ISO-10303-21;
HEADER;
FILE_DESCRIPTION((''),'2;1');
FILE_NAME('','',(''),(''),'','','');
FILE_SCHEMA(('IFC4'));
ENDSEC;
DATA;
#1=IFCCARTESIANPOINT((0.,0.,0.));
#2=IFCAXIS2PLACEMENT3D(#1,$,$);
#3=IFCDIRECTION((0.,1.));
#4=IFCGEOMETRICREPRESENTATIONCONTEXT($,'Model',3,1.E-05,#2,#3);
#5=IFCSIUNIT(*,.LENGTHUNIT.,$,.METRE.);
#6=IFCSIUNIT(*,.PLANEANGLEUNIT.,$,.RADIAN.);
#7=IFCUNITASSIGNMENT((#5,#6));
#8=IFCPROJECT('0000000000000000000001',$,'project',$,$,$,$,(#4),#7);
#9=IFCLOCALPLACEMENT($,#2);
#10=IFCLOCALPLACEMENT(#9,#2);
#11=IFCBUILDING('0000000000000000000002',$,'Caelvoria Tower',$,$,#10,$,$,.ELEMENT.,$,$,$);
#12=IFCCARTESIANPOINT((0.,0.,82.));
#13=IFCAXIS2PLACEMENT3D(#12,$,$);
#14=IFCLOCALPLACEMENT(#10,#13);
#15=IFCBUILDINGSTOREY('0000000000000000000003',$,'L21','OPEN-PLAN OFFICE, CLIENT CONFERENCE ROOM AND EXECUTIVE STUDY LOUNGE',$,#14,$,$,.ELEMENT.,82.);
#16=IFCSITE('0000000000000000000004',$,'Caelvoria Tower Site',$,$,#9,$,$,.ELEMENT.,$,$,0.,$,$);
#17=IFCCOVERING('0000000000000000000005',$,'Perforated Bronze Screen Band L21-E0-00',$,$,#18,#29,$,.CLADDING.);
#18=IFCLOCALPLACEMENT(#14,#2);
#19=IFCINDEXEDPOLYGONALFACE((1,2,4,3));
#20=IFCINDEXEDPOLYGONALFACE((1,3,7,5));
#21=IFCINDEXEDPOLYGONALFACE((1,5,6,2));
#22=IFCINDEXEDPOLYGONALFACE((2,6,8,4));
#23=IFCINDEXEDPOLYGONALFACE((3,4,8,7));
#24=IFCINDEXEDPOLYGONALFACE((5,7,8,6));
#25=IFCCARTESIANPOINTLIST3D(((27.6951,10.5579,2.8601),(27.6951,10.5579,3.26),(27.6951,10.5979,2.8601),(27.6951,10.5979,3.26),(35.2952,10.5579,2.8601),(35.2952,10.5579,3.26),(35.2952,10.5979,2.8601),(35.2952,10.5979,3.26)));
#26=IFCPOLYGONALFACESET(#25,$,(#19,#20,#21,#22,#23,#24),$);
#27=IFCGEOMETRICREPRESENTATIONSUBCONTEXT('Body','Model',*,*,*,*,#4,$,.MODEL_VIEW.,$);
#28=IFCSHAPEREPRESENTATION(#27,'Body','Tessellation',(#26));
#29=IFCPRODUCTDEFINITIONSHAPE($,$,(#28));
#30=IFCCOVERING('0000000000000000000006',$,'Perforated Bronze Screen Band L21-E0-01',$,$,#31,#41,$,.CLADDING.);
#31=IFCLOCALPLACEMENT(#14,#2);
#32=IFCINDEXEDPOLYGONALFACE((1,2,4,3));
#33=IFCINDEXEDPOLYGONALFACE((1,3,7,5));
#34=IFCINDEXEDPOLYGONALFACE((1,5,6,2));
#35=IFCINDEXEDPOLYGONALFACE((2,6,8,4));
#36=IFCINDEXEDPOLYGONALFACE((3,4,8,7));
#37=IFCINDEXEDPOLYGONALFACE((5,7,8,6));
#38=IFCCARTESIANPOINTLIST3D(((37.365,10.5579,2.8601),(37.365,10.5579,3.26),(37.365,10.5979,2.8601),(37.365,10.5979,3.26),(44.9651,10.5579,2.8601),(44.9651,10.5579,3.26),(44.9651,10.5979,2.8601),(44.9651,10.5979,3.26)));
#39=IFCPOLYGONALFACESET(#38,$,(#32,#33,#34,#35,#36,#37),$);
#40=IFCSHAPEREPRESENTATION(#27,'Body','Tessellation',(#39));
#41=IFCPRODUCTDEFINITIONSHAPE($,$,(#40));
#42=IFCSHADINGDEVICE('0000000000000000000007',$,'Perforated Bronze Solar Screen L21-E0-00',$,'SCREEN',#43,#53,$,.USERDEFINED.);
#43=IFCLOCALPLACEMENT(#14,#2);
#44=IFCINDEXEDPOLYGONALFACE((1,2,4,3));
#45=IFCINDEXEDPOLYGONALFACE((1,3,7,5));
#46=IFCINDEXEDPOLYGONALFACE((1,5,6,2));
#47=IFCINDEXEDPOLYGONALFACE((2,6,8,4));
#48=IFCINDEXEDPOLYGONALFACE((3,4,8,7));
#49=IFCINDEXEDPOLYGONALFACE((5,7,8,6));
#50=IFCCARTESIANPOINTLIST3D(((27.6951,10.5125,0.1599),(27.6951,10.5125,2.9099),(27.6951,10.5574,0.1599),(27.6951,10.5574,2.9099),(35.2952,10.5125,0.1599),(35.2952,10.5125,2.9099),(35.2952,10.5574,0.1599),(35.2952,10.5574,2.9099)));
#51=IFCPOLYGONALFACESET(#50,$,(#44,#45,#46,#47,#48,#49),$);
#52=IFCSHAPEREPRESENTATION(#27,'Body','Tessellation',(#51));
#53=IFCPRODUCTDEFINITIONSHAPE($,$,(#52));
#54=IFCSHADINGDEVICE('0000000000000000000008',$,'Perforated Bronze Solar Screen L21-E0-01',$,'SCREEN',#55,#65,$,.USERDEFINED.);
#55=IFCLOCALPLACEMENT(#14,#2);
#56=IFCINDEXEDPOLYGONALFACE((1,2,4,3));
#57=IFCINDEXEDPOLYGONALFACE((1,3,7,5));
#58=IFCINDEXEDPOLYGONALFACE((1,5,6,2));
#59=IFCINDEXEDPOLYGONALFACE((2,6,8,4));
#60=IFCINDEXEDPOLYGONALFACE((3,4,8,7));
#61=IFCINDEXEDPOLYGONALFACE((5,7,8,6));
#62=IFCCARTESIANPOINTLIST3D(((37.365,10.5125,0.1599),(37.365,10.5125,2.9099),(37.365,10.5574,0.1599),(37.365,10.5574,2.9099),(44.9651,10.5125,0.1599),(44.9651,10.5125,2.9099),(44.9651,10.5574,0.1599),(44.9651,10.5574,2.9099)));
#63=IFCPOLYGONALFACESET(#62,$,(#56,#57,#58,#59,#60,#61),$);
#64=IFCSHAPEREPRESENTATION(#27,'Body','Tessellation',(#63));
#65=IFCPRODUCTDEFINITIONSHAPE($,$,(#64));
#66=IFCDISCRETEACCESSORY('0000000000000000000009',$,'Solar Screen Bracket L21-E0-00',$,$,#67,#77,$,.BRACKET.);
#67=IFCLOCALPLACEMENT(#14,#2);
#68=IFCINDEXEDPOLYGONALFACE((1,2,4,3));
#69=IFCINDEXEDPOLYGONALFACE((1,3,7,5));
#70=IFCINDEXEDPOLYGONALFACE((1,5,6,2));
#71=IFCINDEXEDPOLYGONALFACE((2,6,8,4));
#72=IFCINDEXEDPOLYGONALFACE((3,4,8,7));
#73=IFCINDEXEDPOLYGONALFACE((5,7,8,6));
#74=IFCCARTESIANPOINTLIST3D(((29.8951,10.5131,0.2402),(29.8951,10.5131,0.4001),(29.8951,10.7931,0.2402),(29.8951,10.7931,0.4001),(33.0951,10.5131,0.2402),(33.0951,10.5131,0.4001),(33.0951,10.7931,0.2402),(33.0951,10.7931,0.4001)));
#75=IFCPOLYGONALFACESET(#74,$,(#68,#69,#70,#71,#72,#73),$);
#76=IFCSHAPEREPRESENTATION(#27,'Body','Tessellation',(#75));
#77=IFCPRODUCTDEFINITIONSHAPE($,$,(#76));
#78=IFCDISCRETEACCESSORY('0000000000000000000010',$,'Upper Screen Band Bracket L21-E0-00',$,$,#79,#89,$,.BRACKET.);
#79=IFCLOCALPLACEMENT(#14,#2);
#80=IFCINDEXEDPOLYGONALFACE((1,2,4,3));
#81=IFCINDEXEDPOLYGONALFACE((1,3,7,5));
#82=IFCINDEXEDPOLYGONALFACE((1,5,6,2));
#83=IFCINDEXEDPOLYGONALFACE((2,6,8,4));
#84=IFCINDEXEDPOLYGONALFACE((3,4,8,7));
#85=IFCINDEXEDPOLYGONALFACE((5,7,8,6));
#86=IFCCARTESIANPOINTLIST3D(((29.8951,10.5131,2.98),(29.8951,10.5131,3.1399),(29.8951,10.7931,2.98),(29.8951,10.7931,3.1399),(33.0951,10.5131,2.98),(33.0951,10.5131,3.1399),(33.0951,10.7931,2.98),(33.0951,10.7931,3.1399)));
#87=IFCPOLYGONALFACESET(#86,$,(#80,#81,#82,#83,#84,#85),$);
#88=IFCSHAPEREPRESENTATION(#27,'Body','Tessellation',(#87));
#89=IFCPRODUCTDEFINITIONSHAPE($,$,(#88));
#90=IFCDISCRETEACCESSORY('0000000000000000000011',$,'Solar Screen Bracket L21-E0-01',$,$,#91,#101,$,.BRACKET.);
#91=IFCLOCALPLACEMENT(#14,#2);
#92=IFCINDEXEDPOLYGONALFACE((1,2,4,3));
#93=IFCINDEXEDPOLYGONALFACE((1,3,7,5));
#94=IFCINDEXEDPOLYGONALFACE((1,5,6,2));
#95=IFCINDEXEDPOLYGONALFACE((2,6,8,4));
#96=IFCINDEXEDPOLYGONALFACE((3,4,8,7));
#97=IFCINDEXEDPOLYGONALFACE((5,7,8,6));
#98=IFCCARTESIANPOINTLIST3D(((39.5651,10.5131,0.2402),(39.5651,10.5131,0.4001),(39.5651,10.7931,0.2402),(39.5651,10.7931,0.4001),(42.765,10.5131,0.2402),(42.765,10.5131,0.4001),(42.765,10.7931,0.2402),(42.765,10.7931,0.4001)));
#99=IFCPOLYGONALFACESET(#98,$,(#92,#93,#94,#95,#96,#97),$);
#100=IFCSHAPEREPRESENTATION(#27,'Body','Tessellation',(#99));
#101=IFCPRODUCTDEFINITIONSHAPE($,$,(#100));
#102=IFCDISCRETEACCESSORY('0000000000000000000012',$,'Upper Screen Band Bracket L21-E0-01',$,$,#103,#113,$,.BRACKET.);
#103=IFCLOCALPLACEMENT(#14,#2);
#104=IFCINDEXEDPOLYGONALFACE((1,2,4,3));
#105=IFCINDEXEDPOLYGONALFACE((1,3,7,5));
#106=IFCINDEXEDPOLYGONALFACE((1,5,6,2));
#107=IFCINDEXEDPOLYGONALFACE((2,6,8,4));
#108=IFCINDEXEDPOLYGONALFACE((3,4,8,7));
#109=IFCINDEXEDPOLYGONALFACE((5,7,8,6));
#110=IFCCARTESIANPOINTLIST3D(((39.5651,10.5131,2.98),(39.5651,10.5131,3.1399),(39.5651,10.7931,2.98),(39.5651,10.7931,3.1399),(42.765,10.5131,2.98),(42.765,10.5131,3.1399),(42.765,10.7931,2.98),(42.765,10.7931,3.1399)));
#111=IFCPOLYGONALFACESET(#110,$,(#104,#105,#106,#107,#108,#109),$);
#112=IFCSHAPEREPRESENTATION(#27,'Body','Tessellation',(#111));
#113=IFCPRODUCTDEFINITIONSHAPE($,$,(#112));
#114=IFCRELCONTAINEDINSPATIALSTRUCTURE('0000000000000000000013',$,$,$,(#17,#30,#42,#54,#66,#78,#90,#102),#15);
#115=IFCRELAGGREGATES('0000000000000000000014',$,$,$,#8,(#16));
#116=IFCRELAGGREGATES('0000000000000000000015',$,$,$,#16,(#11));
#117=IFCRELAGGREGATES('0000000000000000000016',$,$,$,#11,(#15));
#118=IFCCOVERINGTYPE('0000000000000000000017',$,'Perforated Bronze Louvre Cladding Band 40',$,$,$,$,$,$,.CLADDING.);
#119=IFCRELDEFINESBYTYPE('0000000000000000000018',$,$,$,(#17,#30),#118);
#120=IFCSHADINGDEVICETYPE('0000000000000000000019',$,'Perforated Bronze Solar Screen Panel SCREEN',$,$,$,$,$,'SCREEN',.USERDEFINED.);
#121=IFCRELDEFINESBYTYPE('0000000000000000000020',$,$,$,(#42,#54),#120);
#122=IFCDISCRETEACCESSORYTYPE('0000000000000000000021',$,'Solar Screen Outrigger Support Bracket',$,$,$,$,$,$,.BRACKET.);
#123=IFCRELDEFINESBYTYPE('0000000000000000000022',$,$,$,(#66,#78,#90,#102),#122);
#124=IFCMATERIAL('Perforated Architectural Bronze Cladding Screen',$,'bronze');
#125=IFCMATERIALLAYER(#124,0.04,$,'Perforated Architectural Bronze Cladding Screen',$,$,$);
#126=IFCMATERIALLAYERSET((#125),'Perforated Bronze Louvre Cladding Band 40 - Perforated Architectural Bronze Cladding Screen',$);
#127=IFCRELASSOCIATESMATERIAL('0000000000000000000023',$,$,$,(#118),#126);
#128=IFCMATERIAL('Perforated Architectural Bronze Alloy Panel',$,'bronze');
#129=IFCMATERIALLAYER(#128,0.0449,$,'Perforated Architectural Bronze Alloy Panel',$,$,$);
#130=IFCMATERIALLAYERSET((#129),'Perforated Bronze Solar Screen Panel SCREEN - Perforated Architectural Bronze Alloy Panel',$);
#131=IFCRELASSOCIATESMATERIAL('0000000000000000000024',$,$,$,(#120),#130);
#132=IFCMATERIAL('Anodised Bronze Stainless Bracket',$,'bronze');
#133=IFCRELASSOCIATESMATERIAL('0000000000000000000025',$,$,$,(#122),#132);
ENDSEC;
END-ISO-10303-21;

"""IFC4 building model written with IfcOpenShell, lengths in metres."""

from ifc_helpers import new_model, si_unit, direction, frame, origin, origin_2d, place, context, subcontext, project, spatial, rectangle, extrude, material, layer, layer_set, type_object, element, save


model = new_model("IFC4")

# Units and contexts
model_context = context("Model", 3, precision=1e-05, world=origin(), true_north=direction((0.0, 1.0)))
body_context = subcontext(model_context, "Body", "Model", "MODEL_VIEW")
ifc_project = project(units=[si_unit("LENGTHUNIT", "METRE"), si_unit("PLANEANGLEUNIT", "RADIAN")], contexts=[model_context])

# Site, building, storey
site_placement = place(None, origin())
site = spatial("IfcSite", under=ifc_project, at=site_placement, Name="Caelvoria Tower Site", CompositionType="ELEMENT", RefElevation=0.0)
building_placement = place(site_placement, origin())
building = spatial("IfcBuilding", under=site, at=building_placement, Name="Caelvoria Tower", CompositionType="ELEMENT")
storey_placement = place(building_placement, frame((0.0, 0.0, 82.0)))
storey = spatial("IfcBuildingStorey", under=building, at=storey_placement, Name="L21", Description="OPEN-PLAN OFFICE, CLIENT CONFERENCE ROOM AND EXECUTIVE STUDY LOUNGE", CompositionType="ELEMENT", Elevation=82.0)

# Coverings
ifc_material_1 = material(Name="Perforated Architectural Bronze Cladding Screen", Category="bronze")
ifc_layer_1 = layer(ifc_material_1, 0.04, Name="Perforated Architectural Bronze Cladding Screen")
ifc_layer_set_1 = layer_set([ifc_layer_1], Name="Perforated Bronze Louvre Cladding Band 40 - Perforated Architectural Bronze Cladding Screen")
covering_type = type_object("IfcCoveringType", Name="Perforated Bronze Louvre Cladding Band 40", PredefinedType="CLADDING", material=ifc_layer_set_1)
for number, where, z_axis, x_axis, name in (
    (1, (31.4951, 10.5779, 2.8601), (0.0, 0.0, 1.0), (1.0, 0.0, 0.0), "Perforated Bronze Screen Band L21-E0-00"),
    (2, (41.165, 10.5779, 2.8601), (0.0, 0.0, 1.0), (1.0, 0.0, 0.0), "Perforated Bronze Screen Band L21-E0-01"),
):
    element("IfcCovering", number, at=place(storey_placement, frame(where, z_axis=z_axis, x_axis=x_axis)), inside=storey, type_object=covering_type, Name=name, PredefinedType="CLADDING", context=body_context, shape_type="SweptSolid", body=[
        extrude(rectangle(XDim=7.6001, YDim=0.04, at=origin_2d()), origin(), (0.0, 0.0, 1.0), 0.3999),
    ])

# Shading devices
ifc_material_2 = material(Name="Perforated Architectural Bronze Alloy Panel", Category="bronze")
ifc_layer_2 = layer(ifc_material_2, 0.0449, Name="Perforated Architectural Bronze Alloy Panel")
ifc_layer_set_2 = layer_set([ifc_layer_2], Name="Perforated Bronze Solar Screen Panel SCREEN - Perforated Architectural Bronze Alloy Panel")
shading_device_type = type_object("IfcShadingDeviceType", Name="Perforated Bronze Solar Screen Panel SCREEN", ElementType="SCREEN", PredefinedType="USERDEFINED", material=ifc_layer_set_2)
for number, where, z_axis, x_axis, name in (
    (3, (31.4951, 10.5349, 0.1599), (0.0, 0.0, 1.0), (1.0, 0.0, 0.0), "Perforated Bronze Solar Screen L21-E0-00"),
    (4, (41.165, 10.5349, 0.1599), (0.0, 0.0, 1.0), (1.0, 0.0, 0.0), "Perforated Bronze Solar Screen L21-E0-01"),
):
    element("IfcShadingDevice", number, at=place(storey_placement, frame(where, z_axis=z_axis, x_axis=x_axis)), inside=storey, type_object=shading_device_type, Name=name, ObjectType="SCREEN", PredefinedType="USERDEFINED", context=body_context, shape_type="SweptSolid", body=[
        extrude(rectangle(XDim=7.6001, YDim=0.0449, at=origin_2d()), origin(), (0.0, 0.0, 1.0), 2.75),
    ])

# Discrete accessories
ifc_material_3 = material(Name="Anodised Bronze Stainless Bracket", Category="bronze")
discrete_accessory_type = type_object("IfcDiscreteAccessoryType", Name="Solar Screen Outrigger Support Bracket", PredefinedType="BRACKET", material=ifc_material_3)
for number, where, z_axis, x_axis, name in (
    (5, (31.4951, 10.6531, 0.2402), (0.0, 0.0, 1.0), (1.0, 0.0, 0.0), "Solar Screen Bracket L21-E0-00"),
    (6, (31.4951, 10.6531, 2.98), (0.0, 0.0, 1.0), (1.0, 0.0, 0.0), "Upper Screen Band Bracket L21-E0-00"),
    (7, (41.165, 10.6531, 0.2402), (0.0, 0.0, 1.0), (1.0, 0.0, 0.0), "Solar Screen Bracket L21-E0-01"),
    (8, (41.165, 10.6531, 2.98), (0.0, 0.0, 1.0), (1.0, 0.0, 0.0), "Upper Screen Band Bracket L21-E0-01"),
):
    element("IfcDiscreteAccessory", number, at=place(storey_placement, frame(where, z_axis=z_axis, x_axis=x_axis)), inside=storey, type_object=discrete_accessory_type, Name=name, PredefinedType="BRACKET", context=body_context, shape_type="SweptSolid", body=[
        extrude(rectangle(XDim=3.2, YDim=0.28, at=origin_2d()), origin(), (0.0, 0.0, 1.0), 0.1599),
    ])

save(model, "model.ifc")
